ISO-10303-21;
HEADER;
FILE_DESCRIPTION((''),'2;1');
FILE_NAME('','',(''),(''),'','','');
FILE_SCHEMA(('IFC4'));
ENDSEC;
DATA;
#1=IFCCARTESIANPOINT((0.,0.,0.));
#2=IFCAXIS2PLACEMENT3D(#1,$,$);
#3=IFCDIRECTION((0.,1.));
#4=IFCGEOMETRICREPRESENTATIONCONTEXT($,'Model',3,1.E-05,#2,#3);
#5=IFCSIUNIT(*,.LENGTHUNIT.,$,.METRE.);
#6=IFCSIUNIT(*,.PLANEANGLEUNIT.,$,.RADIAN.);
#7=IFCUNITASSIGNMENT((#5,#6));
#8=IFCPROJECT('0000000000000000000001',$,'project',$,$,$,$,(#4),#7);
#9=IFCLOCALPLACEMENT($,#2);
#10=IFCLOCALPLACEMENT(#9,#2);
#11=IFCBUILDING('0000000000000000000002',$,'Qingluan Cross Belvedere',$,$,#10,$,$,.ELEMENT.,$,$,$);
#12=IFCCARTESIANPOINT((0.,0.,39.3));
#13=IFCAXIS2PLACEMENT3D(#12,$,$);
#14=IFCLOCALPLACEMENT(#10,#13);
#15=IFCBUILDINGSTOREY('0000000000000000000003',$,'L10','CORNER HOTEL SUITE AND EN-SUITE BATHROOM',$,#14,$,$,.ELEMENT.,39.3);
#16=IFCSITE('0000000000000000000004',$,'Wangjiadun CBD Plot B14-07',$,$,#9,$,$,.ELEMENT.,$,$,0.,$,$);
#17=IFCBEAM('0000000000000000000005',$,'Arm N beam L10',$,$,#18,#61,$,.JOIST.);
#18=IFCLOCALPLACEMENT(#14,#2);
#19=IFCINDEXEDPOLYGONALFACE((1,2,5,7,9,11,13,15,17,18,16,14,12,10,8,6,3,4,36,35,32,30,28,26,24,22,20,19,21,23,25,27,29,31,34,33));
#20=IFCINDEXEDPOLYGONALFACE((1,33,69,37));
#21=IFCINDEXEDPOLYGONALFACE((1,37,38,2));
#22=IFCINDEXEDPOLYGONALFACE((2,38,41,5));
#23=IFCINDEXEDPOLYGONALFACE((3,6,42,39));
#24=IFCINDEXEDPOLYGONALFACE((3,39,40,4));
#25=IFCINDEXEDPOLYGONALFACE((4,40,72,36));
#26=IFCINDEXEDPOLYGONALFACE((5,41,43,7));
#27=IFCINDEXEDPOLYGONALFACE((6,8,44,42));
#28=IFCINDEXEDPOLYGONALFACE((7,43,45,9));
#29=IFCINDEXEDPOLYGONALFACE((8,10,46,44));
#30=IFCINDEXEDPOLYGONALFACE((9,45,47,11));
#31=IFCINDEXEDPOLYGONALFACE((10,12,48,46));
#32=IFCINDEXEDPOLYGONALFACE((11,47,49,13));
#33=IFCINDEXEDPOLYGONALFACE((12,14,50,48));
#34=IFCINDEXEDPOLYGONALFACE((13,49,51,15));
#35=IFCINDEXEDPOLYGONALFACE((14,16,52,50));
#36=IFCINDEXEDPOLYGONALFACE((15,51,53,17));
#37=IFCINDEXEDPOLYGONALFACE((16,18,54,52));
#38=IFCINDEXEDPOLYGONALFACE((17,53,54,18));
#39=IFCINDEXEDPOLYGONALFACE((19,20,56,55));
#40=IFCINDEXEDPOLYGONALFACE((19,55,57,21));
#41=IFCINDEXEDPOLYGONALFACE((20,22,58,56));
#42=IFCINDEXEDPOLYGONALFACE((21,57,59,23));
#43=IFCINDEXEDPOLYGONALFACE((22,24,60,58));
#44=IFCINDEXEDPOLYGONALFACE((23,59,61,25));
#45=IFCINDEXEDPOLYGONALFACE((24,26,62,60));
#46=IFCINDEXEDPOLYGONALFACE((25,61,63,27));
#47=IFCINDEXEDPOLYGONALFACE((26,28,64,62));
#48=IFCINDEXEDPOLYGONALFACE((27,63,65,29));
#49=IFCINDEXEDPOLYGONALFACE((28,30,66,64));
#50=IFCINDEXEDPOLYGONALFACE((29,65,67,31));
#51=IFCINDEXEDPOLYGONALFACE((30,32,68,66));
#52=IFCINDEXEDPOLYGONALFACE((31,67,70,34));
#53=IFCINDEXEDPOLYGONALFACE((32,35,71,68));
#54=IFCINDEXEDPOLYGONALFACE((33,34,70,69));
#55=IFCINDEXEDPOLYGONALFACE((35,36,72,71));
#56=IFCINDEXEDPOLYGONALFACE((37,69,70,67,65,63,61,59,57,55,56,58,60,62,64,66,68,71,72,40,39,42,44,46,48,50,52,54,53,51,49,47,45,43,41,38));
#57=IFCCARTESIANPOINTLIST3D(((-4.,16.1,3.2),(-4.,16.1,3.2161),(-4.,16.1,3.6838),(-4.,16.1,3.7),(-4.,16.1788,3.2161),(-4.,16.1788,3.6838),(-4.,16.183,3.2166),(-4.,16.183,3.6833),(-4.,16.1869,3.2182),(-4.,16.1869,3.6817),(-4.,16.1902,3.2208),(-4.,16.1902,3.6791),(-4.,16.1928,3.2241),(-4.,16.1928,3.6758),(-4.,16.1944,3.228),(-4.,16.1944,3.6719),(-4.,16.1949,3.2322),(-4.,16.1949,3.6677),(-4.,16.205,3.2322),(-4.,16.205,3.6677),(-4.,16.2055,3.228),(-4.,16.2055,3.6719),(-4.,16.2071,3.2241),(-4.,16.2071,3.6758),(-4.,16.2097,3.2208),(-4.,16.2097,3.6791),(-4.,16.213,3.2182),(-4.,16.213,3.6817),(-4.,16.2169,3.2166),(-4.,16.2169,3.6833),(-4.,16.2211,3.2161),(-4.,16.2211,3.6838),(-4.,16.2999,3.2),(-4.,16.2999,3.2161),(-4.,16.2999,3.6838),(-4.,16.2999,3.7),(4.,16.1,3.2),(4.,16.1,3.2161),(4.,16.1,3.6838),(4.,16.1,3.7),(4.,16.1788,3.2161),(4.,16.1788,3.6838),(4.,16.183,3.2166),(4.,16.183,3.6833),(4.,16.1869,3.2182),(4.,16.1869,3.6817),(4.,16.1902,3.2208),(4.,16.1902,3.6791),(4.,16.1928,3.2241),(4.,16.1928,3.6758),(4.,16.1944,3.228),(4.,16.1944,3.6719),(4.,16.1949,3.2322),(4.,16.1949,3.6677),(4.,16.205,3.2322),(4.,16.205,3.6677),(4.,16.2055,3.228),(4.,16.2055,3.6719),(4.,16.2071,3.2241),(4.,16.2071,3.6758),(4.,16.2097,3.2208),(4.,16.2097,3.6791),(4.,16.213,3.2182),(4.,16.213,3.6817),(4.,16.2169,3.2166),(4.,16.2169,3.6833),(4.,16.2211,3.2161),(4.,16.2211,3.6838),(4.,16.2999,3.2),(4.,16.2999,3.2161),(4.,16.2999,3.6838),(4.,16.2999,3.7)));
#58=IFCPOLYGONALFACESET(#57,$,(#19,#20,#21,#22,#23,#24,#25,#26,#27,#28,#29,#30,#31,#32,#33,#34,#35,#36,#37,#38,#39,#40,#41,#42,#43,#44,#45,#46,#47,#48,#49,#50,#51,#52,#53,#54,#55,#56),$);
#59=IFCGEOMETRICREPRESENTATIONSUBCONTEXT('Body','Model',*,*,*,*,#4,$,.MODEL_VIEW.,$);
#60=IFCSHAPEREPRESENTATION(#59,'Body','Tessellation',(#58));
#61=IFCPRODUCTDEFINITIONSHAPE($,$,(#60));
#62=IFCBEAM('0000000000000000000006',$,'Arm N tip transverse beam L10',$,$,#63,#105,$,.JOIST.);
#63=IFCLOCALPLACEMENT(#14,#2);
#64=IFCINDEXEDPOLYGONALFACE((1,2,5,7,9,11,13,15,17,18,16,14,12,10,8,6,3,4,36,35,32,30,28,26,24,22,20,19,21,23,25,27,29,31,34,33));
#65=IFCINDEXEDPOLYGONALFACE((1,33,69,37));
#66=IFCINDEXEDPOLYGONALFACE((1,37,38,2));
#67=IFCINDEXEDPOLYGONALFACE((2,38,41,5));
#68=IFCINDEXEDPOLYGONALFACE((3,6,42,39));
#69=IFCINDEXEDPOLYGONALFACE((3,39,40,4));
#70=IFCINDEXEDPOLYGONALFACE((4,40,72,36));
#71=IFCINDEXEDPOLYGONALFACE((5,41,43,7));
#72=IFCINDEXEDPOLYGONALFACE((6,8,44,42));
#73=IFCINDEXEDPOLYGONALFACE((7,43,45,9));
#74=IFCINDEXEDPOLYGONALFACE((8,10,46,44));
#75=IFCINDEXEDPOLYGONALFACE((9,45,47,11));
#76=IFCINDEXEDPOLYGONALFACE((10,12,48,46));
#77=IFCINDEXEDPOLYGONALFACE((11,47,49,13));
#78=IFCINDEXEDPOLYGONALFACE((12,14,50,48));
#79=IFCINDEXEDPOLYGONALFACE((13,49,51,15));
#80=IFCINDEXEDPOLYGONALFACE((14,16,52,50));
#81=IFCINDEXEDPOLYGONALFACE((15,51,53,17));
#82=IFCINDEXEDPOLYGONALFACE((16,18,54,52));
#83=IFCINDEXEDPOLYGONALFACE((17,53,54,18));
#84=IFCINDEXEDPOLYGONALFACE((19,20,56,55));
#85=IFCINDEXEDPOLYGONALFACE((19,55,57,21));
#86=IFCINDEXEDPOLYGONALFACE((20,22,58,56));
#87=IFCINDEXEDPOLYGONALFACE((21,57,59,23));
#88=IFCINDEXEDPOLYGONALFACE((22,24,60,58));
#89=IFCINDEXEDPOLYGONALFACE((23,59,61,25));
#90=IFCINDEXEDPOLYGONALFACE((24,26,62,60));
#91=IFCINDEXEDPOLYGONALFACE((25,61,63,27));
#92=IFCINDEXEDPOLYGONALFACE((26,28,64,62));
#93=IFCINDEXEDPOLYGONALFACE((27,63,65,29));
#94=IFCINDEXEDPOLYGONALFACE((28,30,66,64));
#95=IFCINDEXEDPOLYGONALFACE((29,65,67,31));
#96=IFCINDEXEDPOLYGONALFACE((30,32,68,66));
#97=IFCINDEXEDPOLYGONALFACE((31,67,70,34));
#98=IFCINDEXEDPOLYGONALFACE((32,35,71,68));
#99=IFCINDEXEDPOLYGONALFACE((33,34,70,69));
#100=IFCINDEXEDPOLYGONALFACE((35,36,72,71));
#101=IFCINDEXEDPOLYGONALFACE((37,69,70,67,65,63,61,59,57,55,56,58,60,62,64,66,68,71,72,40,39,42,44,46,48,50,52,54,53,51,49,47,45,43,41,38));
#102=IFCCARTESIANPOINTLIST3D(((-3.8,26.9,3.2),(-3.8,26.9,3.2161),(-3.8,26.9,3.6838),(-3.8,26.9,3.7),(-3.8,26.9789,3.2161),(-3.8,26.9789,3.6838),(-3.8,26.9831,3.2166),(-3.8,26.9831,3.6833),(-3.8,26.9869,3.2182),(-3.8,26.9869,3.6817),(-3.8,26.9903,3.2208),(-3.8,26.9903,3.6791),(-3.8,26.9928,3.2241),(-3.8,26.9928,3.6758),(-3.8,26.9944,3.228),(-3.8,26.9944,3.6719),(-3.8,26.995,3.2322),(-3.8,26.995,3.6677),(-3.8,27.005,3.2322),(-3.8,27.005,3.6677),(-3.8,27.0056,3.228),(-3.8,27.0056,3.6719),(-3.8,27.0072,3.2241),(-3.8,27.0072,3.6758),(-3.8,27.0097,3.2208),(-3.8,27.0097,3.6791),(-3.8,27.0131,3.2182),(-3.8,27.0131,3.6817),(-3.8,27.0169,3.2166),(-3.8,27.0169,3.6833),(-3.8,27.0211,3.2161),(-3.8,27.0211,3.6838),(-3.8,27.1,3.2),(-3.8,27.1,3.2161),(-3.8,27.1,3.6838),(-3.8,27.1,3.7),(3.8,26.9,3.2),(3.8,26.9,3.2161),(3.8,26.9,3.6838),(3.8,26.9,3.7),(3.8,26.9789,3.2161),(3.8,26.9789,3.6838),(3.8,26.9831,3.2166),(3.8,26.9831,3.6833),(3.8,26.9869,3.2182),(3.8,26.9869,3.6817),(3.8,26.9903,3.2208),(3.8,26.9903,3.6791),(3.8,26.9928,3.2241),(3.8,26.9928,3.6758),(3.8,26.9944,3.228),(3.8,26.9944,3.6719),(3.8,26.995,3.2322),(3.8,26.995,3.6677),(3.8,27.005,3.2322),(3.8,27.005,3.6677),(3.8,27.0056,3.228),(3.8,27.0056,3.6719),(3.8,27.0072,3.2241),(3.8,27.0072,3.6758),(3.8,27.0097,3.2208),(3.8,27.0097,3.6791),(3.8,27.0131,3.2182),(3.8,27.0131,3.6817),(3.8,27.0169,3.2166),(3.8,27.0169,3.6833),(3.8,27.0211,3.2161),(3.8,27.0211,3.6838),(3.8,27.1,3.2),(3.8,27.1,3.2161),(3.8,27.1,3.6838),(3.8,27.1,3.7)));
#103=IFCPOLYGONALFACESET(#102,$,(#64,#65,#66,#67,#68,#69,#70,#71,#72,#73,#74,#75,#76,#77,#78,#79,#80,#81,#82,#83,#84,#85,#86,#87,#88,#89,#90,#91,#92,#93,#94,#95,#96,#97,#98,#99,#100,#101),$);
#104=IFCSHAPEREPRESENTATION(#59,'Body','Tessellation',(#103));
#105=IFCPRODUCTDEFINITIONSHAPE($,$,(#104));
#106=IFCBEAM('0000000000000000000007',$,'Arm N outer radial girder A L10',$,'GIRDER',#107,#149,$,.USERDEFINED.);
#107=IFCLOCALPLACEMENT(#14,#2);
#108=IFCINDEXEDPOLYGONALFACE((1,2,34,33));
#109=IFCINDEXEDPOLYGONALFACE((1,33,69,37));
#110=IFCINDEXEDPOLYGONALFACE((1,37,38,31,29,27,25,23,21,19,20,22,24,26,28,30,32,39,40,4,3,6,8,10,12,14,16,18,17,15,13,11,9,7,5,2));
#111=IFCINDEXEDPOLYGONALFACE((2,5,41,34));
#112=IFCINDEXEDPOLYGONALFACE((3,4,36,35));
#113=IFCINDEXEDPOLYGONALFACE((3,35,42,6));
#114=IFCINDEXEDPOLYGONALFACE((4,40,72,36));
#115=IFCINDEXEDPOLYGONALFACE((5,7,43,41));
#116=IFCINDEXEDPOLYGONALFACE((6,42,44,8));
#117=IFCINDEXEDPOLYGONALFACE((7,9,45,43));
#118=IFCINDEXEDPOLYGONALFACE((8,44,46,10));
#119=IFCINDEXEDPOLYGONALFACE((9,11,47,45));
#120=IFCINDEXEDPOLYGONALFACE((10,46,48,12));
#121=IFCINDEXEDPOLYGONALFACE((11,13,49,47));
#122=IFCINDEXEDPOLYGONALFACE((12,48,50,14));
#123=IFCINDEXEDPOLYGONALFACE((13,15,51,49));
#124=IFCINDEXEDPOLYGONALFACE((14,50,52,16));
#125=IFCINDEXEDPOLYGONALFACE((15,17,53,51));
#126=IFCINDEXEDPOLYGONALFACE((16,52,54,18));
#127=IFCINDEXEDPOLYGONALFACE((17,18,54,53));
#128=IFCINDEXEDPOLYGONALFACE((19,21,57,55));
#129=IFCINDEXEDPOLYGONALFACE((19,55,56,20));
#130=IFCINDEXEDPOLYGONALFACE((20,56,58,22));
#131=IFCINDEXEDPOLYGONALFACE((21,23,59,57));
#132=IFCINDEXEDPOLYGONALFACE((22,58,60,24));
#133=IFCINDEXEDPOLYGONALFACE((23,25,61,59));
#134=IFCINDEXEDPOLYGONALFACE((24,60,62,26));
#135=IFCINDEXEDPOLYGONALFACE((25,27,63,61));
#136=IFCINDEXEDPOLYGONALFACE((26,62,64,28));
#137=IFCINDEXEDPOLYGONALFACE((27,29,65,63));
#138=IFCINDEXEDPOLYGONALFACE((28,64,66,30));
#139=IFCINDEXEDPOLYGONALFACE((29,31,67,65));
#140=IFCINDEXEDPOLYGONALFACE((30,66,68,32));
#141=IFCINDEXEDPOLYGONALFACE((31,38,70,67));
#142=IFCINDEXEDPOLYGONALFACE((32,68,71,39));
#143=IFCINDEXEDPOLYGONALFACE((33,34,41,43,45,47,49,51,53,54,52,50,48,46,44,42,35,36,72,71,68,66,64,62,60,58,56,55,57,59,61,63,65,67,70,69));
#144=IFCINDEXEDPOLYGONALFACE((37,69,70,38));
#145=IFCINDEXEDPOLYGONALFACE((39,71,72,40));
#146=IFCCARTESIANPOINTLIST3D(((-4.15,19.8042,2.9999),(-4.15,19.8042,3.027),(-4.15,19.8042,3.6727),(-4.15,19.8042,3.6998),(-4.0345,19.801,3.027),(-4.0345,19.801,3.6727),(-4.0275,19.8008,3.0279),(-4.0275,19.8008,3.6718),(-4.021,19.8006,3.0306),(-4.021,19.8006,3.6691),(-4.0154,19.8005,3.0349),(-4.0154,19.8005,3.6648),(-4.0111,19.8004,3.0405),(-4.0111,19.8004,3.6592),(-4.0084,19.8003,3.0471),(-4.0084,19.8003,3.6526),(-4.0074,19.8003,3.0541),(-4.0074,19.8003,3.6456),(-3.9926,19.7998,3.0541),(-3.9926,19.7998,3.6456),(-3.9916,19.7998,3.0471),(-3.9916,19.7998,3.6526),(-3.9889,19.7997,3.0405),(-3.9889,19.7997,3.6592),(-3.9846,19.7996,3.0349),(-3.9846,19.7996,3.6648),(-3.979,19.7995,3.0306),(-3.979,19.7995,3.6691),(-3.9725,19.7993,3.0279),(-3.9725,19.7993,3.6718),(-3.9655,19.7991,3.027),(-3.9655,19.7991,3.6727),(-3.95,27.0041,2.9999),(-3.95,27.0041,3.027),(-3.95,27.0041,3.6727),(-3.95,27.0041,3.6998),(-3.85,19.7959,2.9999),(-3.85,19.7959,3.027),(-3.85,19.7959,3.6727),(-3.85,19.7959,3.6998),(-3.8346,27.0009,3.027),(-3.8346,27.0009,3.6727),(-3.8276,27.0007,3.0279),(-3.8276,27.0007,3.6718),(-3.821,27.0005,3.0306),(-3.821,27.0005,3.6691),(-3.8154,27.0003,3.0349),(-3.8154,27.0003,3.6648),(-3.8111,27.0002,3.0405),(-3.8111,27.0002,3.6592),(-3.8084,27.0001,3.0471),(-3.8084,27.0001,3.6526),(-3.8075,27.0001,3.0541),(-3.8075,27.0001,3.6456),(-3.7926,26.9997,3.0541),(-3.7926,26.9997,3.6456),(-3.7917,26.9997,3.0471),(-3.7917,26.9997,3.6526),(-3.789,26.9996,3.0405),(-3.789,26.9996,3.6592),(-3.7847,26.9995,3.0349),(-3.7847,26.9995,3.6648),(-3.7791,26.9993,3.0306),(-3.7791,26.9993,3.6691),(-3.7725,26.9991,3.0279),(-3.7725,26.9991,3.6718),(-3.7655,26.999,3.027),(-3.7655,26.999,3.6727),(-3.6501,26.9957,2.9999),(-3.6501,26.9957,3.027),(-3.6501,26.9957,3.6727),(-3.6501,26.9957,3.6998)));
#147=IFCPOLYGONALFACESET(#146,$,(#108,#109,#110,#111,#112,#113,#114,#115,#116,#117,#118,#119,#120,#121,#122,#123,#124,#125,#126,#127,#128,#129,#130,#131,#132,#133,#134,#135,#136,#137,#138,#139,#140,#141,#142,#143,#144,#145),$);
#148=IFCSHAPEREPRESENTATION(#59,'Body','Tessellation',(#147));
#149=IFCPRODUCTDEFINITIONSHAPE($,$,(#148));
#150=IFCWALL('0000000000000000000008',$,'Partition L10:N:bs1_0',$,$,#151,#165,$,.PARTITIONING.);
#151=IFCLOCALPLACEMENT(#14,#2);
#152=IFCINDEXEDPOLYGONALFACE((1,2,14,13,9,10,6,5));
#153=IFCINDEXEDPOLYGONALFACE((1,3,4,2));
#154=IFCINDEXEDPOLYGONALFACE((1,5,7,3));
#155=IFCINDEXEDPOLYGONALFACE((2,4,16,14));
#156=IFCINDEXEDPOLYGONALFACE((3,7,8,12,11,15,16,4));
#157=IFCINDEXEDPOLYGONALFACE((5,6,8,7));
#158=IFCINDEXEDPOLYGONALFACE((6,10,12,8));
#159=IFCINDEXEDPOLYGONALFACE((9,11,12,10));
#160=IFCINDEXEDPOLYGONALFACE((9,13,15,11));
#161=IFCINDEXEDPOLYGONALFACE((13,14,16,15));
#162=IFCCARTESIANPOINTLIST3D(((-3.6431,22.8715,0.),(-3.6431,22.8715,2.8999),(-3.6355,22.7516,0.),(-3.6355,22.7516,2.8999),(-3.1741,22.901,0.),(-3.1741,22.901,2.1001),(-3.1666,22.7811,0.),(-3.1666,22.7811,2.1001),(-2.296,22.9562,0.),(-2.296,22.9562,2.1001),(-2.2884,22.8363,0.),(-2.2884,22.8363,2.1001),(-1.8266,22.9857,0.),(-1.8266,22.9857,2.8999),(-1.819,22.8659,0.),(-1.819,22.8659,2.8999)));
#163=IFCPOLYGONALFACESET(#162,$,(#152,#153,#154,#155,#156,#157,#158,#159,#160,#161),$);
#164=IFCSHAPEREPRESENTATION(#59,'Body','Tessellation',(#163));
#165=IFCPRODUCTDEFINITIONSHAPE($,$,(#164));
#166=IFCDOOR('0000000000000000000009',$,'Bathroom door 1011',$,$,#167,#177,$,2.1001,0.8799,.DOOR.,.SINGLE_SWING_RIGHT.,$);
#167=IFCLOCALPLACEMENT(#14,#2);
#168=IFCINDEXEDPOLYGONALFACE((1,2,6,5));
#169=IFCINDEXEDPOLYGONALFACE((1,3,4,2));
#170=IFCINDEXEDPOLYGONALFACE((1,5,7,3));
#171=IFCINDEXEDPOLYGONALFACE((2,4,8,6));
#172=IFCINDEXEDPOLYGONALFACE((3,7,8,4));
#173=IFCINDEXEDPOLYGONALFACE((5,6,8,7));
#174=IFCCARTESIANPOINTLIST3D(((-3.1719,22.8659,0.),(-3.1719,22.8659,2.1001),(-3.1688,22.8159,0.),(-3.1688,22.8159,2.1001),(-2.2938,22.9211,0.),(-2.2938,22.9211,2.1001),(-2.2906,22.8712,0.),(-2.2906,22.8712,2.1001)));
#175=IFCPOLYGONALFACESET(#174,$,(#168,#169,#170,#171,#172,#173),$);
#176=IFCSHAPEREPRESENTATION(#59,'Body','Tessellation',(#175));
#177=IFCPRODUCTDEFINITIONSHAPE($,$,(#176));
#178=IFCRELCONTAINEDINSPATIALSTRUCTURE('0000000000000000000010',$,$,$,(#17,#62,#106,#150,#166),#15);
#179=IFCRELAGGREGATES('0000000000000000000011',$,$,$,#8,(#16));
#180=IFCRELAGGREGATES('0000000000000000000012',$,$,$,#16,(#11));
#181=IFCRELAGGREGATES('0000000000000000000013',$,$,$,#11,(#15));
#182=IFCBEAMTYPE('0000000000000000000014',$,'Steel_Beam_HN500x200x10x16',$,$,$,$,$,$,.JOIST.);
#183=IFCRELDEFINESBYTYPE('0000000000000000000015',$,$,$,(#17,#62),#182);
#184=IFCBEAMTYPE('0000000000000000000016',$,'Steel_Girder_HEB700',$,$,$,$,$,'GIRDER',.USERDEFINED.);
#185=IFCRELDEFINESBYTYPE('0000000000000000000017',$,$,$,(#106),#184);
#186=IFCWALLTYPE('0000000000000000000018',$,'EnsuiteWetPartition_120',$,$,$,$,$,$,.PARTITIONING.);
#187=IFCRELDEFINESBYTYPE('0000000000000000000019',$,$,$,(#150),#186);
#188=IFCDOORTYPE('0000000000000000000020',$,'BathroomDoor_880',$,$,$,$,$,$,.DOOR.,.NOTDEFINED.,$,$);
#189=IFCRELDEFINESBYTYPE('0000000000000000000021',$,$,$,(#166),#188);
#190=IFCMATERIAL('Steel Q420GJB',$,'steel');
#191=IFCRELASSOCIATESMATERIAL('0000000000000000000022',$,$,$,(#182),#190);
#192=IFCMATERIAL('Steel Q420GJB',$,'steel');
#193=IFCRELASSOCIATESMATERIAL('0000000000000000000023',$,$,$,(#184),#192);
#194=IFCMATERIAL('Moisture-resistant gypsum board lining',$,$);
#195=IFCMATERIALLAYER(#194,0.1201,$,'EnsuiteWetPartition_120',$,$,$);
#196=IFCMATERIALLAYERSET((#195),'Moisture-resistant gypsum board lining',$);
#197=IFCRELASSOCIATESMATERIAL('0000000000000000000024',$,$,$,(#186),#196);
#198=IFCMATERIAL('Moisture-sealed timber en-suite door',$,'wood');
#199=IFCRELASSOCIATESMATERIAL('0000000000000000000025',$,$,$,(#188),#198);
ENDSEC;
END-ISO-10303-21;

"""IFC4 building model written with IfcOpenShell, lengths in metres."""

from ifc_helpers import new_model, si_unit, direction, frame, frame_2d, origin, origin_2d, place, context, subcontext, project, spatial, rectangle, i_section, extrude, material, layer, layer_set, material_profile, profile_set, type_object, element, fill, save


model = new_model("IFC4")

# Units and contexts
model_context = context("Model", 3, precision=1e-05, world=origin(), true_north=direction((0.0, 1.0)))
body_context = subcontext(model_context, "Body", "Model", "MODEL_VIEW")
ifc_project = project(units=[si_unit("LENGTHUNIT", "METRE"), si_unit("PLANEANGLEUNIT", "RADIAN")], contexts=[model_context])

# Site, building, storey
site_placement = place(None, origin())
site = spatial("IfcSite", under=ifc_project, at=site_placement, Name="Wangjiadun CBD Plot B14-07", CompositionType="ELEMENT", RefElevation=0.0)
building_placement = place(site_placement, origin())
building = spatial("IfcBuilding", under=site, at=building_placement, Name="Qingluan Cross Belvedere", CompositionType="ELEMENT")
storey_placement = place(building_placement, frame((0.0, 0.0, 39.3)))
storey = spatial("IfcBuildingStorey", under=building, at=storey_placement, Name="L10", Description="CORNER HOTEL SUITE AND EN-SUITE BATHROOM", CompositionType="ELEMENT", Elevation=39.3)

# Beams
ifc_material_1 = material(Name="Steel Q420GJB", Category="steel")
ifc_material_profile_1 = material_profile(ifc_material_1, i_section(OverallWidth=0.2, OverallDepth=0.5, WebThickness=0.01, FlangeThickness=0.0161, FilletRadius=0.0161, at=origin_2d()), Name="HN500x200x10x16")
ifc_profile_set_1 = profile_set([ifc_material_profile_1], Name="Steel Q420GJB")
beam_type_1 = type_object("IfcBeamType", Name="Steel_Beam_HN500x200x10x16", PredefinedType="JOIST", material=ifc_profile_set_1)
for number, where, z_axis, x_axis, name in (
    (1, (-4.0, 16.2, 3.45), (1.0, 0.0, 0.0), (0.0, 1.0, 0.0), "Arm N beam L10"),
):
    element("IfcBeam", number, at=place(storey_placement, frame(where, z_axis=z_axis, x_axis=x_axis)), inside=storey, type_object=beam_type_1, Name=name, PredefinedType="JOIST", context=body_context, shape_type="SweptSolid", body=[
        extrude(i_section(OverallWidth=0.2, OverallDepth=0.5, WebThickness=0.01, FlangeThickness=0.0161, FilletRadius=0.0161, at=origin_2d()), origin(), (0.0, 0.0, 1.0), 8.0),
    ])
beam_1_placement = place(storey_placement, frame((-3.8, 27.0, 3.45), z_axis=(1.0, 0.0, 0.0), x_axis=(0.0, 1.0, 0.0)))
element("IfcBeam", 2, at=beam_1_placement, inside=storey, type_object=beam_type_1, Name="Arm N tip transverse beam L10", PredefinedType="JOIST", context=body_context, shape_type="SweptSolid", body=[
    extrude(i_section(OverallWidth=0.2, OverallDepth=0.5, WebThickness=0.01, FlangeThickness=0.0161, FilletRadius=0.0161, at=origin_2d()), origin(), (0.0, 0.0, 1.0), 7.6001),
])
ifc_material_2 = material(Name="Steel Q420GJB", Category="steel")
ifc_material_profile_2 = material_profile(ifc_material_2, i_section(OverallWidth=0.3, OverallDepth=0.7, WebThickness=0.0149, FlangeThickness=0.0271, FilletRadius=0.0271, at=origin_2d()), Name="HEB700")
ifc_profile_set_2 = profile_set([ifc_material_profile_2], Name="Steel Q420GJB")
beam_type_2 = type_object("IfcBeamType", Name="Steel_Girder_HEB700", ElementType="GIRDER", PredefinedType="USERDEFINED", material=ifc_profile_set_2)
beam_2_placement = place(storey_placement, frame((-4.0, 19.8, 3.3499), z_axis=(0.02776, 0.999615, 0.0), x_axis=(-0.999615, 0.02776, 0.0)))
element("IfcBeam", 3, at=beam_2_placement, inside=storey, type_object=beam_type_2, Name="Arm N outer radial girder A L10", ObjectType="GIRDER", PredefinedType="USERDEFINED", context=body_context, shape_type="SweptSolid", body=[
    extrude(i_section(OverallWidth=0.3, OverallDepth=0.7, WebThickness=0.0149, FlangeThickness=0.0271, FilletRadius=0.0271, at=origin_2d()), origin(), (0.0, 0.0, 1.0), 7.2026),
])

# Wall, opening, door
ifc_material_3 = material(Name="Moisture-resistant gypsum board lining")
ifc_layer_1 = layer(ifc_material_3, 0.1201, Name="EnsuiteWetPartition_120")
ifc_layer_set_1 = layer_set([ifc_layer_1], Name="Moisture-resistant gypsum board lining")
wall_type_1 = type_object("IfcWallType", Name="EnsuiteWetPartition_120", PredefinedType="PARTITIONING", material=ifc_layer_set_1)
wall_1_placement = place(storey_placement, frame((-3.6394, 22.8115, 0.0), z_axis=(0.0, 0.0, 1.0), x_axis=(0.998027, 0.062779, 0.0)))
wall_1 = element("IfcWall", 4, at=wall_1_placement, inside=storey, type_object=wall_type_1, Name="Partition L10:N:bs1_0", PredefinedType="PARTITIONING", context=body_context, shape_type="SweptSolid", body=[
    extrude(rectangle(XDim=1.8201, YDim=0.1201, at=frame_2d((0.9102, 0.0))), origin(), (0.0, 0.0, 1.0), 2.8999),
])
opening_1_placement = place(wall_1_placement, frame((0.47, 0.0, 0.0)))
opening_1 = element("IfcOpeningElement", 5, at=opening_1_placement, cuts=wall_1, PredefinedType="OPENING", context=body_context, shape_type="SweptSolid", body=[
    extrude(rectangle(XDim=0.8799, YDim=2.1001, at=frame_2d((0.4399, 1.05))), frame((0.0, 0.0701, 0.0), z_axis=(0.0, -1.0, 0.0), x_axis=(1.0, 0.0, 0.0)), (0.0, 0.0, 1.0), 0.1401),
])
ifc_material_4 = material(Name="Moisture-sealed timber en-suite door", Category="wood")
door_type_1 = type_object("IfcDoorType", Name="BathroomDoor_880", OperationType="NOTDEFINED", PredefinedType="DOOR", material=ifc_material_4)
door_1_placement = place(opening_1_placement, origin())
door_1 = element("IfcDoor", 6, at=door_1_placement, inside=storey, type_object=door_type_1, Name="Bathroom door 1011", OperationType="SINGLE_SWING_RIGHT", OverallHeight=2.1001, OverallWidth=0.8799, PredefinedType="DOOR", context=body_context, shape_type="SweptSolid", body=[
    extrude(rectangle(XDim=0.8799, YDim=2.1001, at=frame_2d((0.4399, 1.05))), frame((0.0, 0.0249, 0.0), z_axis=(0.0, -1.0, 0.0), x_axis=(1.0, 0.0, 0.0)), (0.0, 0.0, 1.0), 0.05),
])
fill(opening_1, door_1)

save(model, "model.ifc")
